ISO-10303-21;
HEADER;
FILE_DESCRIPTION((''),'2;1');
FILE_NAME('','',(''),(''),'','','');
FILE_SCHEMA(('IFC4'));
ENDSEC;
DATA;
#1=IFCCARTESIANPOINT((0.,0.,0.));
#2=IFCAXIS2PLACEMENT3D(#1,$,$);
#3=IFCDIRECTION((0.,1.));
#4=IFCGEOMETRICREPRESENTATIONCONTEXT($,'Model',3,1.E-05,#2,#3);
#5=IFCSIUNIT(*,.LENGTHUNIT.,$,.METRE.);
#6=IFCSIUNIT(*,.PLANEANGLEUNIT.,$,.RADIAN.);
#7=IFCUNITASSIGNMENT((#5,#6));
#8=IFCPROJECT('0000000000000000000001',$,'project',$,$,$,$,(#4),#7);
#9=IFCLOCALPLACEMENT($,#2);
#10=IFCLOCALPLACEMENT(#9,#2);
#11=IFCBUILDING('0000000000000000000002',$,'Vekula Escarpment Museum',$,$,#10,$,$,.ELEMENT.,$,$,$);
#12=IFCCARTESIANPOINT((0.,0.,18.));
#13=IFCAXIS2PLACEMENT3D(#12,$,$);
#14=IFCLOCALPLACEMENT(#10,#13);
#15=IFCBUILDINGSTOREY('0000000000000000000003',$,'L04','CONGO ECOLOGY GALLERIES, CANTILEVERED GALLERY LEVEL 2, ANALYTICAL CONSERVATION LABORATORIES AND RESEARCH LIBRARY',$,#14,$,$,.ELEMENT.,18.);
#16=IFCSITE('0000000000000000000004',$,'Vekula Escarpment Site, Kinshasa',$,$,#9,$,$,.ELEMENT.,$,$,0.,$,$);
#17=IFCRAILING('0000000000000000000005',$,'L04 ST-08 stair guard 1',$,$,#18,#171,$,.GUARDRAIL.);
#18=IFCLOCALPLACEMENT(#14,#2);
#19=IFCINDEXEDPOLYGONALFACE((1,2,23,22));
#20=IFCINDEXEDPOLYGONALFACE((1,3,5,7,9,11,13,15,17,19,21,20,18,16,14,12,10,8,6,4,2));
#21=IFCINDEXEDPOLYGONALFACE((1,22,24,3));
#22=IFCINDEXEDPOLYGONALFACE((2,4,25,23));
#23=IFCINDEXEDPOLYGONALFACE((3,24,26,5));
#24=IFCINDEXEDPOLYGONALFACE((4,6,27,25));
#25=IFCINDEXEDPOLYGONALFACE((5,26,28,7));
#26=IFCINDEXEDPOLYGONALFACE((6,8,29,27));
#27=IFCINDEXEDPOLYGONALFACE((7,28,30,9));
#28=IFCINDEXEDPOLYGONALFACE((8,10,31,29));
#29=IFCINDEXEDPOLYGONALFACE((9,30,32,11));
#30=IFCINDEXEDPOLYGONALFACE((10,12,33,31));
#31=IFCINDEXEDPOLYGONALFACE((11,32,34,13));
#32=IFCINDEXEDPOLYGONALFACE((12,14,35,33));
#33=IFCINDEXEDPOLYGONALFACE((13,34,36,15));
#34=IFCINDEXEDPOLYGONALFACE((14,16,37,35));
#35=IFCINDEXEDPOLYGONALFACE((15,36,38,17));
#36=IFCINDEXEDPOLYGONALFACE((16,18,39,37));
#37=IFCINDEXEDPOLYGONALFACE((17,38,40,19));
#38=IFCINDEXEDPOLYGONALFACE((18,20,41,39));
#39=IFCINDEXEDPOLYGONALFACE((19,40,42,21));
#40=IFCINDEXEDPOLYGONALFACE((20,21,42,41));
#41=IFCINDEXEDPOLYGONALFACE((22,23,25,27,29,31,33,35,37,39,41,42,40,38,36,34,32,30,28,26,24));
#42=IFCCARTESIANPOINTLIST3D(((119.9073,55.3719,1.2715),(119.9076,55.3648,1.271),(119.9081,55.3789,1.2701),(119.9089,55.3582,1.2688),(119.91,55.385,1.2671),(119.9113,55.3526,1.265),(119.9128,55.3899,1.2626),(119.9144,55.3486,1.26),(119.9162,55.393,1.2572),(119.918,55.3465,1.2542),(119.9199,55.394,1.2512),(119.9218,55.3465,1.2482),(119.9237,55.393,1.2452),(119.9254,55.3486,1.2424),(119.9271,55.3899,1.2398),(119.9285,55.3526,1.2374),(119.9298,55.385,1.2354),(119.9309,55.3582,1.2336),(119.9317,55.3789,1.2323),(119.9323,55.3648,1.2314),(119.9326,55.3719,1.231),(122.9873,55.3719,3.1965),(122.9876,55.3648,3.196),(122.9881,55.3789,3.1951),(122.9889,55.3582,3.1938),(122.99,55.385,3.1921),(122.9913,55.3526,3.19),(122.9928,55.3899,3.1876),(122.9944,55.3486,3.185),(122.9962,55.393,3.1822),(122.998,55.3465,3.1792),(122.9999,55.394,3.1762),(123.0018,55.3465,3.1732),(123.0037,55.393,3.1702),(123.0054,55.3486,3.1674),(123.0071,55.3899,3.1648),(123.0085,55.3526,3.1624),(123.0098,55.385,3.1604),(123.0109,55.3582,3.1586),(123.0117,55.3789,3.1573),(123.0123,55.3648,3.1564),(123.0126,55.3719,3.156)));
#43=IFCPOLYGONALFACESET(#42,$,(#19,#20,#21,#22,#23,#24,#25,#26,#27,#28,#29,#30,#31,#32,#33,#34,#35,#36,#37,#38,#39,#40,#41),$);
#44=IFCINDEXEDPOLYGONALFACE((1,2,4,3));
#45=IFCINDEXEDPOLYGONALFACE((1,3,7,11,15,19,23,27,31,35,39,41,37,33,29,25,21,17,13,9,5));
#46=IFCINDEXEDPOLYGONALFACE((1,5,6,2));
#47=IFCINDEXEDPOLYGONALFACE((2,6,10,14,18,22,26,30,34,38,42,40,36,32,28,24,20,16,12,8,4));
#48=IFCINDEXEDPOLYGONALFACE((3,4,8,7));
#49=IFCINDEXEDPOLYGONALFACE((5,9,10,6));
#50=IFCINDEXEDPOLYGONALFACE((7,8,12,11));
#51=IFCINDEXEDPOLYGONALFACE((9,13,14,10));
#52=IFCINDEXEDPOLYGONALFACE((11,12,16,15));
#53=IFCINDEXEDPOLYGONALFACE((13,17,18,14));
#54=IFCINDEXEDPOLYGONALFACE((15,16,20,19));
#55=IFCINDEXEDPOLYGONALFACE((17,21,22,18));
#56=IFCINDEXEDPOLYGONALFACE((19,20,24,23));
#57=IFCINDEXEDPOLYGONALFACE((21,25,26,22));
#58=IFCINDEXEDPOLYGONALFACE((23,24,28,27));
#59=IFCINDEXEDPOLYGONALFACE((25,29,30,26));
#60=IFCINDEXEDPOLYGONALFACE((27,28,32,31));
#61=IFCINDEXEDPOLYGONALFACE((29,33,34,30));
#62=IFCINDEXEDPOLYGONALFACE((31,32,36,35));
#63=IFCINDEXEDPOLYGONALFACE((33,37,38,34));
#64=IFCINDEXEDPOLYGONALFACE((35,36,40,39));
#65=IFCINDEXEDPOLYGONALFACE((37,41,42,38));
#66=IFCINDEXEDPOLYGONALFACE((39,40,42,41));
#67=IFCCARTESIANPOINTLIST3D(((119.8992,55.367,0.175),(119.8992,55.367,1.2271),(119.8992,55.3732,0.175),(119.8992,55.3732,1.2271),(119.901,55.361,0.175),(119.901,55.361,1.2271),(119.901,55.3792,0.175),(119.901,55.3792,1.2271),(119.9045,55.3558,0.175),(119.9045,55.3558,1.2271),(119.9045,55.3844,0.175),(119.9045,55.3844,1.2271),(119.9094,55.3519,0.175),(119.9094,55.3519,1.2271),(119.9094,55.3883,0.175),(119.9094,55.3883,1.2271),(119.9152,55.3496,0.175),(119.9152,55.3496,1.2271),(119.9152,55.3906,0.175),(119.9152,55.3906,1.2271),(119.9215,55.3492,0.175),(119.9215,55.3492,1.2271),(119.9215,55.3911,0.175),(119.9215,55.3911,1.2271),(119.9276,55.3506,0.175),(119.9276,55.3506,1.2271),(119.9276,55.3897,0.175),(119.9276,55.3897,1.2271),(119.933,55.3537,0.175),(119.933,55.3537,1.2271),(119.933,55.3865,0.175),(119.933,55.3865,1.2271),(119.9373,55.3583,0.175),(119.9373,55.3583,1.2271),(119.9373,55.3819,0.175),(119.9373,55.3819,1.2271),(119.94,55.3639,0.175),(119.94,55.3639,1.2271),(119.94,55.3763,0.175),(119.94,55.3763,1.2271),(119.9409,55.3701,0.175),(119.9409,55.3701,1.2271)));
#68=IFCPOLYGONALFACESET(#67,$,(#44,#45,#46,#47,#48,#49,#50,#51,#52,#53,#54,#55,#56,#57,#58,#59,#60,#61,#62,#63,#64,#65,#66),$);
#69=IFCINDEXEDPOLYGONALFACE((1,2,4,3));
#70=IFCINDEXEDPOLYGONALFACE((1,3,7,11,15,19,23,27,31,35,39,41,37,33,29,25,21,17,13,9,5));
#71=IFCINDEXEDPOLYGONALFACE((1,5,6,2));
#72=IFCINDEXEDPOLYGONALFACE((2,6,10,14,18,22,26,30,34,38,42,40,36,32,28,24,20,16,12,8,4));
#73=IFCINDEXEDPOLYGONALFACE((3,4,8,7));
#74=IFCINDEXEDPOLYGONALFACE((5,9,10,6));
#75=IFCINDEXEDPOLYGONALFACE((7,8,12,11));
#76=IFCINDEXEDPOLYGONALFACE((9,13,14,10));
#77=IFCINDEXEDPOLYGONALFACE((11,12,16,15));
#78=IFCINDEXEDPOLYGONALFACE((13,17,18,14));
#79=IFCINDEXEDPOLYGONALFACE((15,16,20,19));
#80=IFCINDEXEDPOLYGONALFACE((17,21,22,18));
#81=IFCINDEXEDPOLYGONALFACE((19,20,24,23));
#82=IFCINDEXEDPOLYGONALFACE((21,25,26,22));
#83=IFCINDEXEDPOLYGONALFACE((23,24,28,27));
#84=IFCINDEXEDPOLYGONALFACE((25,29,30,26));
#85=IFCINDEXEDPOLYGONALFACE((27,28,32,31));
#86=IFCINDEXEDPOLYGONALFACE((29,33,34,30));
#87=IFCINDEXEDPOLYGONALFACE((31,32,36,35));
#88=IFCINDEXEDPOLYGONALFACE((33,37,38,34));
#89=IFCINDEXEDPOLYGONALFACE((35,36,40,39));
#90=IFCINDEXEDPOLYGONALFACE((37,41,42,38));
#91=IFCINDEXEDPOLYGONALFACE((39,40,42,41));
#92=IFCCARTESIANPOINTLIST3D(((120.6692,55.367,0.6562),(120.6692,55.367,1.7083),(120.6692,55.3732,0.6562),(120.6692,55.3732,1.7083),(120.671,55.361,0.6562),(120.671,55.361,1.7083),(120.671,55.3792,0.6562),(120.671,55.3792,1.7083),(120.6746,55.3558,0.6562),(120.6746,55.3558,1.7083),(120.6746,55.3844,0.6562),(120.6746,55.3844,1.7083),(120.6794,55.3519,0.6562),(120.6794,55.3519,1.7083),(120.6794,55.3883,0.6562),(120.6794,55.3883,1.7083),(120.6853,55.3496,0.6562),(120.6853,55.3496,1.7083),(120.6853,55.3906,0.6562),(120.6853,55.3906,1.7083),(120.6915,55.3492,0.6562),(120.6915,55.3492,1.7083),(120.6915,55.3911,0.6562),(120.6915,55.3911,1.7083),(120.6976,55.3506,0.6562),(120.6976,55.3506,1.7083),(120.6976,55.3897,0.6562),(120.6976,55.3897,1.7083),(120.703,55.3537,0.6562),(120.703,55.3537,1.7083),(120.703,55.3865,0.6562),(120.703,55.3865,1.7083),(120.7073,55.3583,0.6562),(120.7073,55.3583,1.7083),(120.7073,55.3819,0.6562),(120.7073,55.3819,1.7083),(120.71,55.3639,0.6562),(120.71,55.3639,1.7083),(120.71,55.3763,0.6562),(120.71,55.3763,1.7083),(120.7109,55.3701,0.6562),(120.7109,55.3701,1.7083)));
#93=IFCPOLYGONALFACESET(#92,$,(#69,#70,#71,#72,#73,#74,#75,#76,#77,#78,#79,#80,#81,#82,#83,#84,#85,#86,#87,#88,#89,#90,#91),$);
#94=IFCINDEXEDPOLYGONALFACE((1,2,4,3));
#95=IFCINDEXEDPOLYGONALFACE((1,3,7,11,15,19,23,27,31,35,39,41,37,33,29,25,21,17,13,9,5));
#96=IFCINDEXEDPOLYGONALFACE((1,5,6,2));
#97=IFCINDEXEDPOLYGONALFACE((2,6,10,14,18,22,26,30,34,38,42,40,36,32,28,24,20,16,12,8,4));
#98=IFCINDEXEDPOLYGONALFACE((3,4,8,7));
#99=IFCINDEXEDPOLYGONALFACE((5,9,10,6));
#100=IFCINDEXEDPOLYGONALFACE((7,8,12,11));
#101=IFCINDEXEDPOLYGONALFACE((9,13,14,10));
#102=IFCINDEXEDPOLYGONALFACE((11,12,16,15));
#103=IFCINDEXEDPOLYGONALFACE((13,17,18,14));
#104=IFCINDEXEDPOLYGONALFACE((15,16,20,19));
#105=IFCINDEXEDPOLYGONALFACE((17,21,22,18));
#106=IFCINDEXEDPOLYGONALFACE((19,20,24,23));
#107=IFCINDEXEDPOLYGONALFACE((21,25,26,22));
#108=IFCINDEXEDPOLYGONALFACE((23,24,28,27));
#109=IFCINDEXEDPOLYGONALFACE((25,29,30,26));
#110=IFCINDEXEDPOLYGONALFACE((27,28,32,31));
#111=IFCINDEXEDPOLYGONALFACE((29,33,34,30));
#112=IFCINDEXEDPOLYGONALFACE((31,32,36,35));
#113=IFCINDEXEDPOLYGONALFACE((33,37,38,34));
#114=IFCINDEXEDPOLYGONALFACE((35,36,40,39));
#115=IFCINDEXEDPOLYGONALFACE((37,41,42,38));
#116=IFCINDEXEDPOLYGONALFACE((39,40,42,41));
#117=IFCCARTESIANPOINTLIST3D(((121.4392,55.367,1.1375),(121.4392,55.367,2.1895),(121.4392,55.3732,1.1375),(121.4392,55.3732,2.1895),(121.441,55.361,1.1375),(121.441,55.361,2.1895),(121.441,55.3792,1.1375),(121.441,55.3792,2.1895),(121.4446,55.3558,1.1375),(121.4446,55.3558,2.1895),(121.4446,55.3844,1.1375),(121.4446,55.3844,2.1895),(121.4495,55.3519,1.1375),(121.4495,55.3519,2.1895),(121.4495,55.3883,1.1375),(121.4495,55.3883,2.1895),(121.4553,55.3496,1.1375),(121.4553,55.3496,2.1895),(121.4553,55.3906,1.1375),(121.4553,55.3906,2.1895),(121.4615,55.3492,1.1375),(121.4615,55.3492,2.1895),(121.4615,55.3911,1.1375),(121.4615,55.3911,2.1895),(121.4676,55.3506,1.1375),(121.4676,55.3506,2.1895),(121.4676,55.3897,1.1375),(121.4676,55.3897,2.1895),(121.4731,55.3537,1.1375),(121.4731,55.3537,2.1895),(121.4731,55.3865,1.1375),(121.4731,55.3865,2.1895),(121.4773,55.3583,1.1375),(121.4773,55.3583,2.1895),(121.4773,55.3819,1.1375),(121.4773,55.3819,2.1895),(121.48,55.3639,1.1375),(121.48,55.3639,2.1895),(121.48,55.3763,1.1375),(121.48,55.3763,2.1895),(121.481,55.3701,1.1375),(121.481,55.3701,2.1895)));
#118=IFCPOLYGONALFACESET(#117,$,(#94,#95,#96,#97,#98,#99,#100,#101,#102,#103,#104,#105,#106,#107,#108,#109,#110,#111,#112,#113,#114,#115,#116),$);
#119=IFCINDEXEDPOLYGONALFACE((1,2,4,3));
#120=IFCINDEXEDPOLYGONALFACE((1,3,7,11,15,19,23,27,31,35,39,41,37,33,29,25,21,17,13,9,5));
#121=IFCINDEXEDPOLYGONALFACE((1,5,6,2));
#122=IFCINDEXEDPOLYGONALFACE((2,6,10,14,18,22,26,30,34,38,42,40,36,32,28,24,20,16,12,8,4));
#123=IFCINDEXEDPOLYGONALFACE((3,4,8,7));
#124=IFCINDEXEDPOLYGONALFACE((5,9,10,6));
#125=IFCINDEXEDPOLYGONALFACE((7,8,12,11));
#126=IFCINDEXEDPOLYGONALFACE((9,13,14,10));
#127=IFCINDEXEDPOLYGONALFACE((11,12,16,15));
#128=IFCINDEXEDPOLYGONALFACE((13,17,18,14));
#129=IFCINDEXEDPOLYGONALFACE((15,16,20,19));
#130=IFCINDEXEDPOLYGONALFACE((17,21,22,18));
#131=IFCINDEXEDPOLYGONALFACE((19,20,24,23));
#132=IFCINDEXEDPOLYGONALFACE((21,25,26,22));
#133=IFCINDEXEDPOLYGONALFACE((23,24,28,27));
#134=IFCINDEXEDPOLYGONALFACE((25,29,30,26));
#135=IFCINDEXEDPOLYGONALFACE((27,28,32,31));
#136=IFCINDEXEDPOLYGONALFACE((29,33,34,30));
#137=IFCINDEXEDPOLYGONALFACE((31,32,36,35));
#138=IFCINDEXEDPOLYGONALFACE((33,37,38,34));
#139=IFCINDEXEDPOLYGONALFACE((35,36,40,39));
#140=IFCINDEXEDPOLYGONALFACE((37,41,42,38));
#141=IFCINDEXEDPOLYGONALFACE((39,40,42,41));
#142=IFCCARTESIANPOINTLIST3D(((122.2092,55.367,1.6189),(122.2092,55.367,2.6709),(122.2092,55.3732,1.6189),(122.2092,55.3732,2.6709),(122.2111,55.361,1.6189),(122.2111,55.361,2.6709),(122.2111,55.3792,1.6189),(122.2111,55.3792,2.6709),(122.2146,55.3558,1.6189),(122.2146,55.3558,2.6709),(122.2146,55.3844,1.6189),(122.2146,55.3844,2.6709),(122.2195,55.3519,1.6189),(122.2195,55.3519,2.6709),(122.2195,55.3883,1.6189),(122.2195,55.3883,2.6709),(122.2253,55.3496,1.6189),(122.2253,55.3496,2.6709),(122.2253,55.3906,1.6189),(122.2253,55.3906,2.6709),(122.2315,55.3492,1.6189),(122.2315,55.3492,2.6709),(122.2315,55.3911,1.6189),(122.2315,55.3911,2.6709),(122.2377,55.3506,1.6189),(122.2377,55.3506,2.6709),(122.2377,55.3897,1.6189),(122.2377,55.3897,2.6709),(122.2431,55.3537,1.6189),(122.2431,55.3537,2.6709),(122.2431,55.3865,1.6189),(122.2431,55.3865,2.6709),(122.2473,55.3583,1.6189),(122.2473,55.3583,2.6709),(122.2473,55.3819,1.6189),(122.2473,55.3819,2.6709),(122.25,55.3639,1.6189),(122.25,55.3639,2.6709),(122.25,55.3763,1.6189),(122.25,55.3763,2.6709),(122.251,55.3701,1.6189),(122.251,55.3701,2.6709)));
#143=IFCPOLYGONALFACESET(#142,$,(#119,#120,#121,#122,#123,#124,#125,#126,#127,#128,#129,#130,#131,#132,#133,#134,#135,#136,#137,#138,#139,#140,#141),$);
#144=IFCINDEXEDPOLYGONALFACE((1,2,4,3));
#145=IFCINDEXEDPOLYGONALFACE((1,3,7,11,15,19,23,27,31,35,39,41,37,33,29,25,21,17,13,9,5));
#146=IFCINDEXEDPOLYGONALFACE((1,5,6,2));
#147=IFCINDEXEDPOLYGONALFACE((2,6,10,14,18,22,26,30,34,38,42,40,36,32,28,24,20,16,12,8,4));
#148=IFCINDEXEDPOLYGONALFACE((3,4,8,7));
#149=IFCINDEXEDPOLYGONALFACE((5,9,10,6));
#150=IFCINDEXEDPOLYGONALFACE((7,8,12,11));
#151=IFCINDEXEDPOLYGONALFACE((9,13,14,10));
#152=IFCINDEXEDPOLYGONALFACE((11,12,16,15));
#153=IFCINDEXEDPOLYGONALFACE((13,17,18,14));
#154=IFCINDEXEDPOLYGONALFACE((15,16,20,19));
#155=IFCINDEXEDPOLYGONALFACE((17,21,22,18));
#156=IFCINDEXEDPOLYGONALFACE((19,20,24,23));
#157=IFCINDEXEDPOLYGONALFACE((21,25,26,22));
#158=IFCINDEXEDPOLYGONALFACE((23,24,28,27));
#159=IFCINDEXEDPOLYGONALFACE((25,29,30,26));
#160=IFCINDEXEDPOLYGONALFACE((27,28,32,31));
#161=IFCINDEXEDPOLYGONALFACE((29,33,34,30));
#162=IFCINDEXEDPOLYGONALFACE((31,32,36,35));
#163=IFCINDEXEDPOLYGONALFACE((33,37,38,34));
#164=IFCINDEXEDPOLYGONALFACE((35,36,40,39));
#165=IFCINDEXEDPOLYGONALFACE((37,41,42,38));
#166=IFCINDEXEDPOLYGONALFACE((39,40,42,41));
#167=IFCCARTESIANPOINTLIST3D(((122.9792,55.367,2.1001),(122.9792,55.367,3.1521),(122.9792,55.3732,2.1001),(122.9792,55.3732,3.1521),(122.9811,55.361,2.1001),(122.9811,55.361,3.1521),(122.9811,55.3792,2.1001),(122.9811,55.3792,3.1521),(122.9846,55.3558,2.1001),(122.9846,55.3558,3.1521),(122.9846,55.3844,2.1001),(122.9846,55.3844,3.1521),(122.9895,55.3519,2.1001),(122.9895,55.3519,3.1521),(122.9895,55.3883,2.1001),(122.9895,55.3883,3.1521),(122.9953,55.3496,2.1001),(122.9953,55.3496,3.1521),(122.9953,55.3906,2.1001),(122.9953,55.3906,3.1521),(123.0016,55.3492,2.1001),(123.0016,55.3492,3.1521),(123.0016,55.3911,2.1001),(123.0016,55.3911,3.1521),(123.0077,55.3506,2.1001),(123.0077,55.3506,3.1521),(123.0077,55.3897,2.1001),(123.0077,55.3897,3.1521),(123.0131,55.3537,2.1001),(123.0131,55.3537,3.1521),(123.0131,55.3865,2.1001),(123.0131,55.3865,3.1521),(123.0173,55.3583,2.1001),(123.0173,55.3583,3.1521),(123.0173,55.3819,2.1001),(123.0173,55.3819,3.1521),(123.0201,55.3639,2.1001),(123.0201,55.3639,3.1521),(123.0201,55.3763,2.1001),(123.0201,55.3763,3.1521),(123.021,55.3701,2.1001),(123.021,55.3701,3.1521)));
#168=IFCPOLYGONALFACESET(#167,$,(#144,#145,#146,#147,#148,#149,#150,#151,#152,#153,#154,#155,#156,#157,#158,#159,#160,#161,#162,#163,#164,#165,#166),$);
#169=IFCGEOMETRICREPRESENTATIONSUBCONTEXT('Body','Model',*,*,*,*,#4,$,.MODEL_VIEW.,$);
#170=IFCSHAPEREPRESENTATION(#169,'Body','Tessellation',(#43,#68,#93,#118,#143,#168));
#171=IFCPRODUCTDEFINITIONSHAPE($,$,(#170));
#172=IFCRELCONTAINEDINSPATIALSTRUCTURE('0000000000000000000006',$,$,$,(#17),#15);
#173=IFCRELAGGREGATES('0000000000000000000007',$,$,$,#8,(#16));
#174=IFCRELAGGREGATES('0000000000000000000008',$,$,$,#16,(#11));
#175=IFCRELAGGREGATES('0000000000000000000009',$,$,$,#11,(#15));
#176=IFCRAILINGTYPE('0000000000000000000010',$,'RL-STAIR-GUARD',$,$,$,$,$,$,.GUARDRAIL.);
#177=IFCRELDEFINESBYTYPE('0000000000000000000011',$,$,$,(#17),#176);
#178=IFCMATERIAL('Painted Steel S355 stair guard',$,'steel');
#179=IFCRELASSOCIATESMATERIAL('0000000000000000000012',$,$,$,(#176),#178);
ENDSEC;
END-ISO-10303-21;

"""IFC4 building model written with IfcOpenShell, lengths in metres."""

from ifc_helpers import new_model, si_unit, direction, frame, origin, origin_2d, place, context, subcontext, project, spatial, circle, extrude, material, type_object, element, save


model = new_model("IFC4")

# Units and contexts
model_context = context("Model", 3, precision=1e-05, world=origin(), true_north=direction((0.0, 1.0)))
body_context = subcontext(model_context, "Body", "Model", "MODEL_VIEW")
ifc_project = project(units=[si_unit("LENGTHUNIT", "METRE"), si_unit("PLANEANGLEUNIT", "RADIAN")], contexts=[model_context])

# Site, building, storey
site_placement = place(None, origin())
site = spatial("IfcSite", under=ifc_project, at=site_placement, Name="Vekula Escarpment Site, Kinshasa", CompositionType="ELEMENT", RefElevation=0.0)
building_placement = place(site_placement, origin())
building = spatial("IfcBuilding", under=site, at=building_placement, Name="Vekula Escarpment Museum", CompositionType="ELEMENT")
storey_placement = place(building_placement, frame((0.0, 0.0, 18.0)))
storey = spatial("IfcBuildingStorey", under=building, at=storey_placement, Name="L04", Description="CONGO ECOLOGY GALLERIES, CANTILEVERED GALLERY LEVEL 2, ANALYTICAL CONSERVATION LABORATORIES AND RESEARCH LIBRARY", CompositionType="ELEMENT", Elevation=18.0)

# Railing
ifc_material_1 = material(Name="Painted Steel S355 stair guard", Category="steel")
railing_type_1 = type_object("IfcRailingType", Name="RL-STAIR-GUARD", PredefinedType="GUARDRAIL", material=ifc_material_1)
railing_1_placement = place(storey_placement, frame((119.9199, 55.3701, 0.175)))
element("IfcRailing", 1, at=railing_1_placement, inside=storey, type_object=railing_type_1, Name="L04 ST-08 stair guard 1", PredefinedType="GUARDRAIL", context=body_context, shape_type="SweptSolid", body=[
    extrude(circle(Radius=0.0239, at=origin_2d()), frame((0.0, 0.0, 1.0762), z_axis=(0.847998, 0.0, 0.529999), x_axis=(0.0, 1.0, 0.0)), (0.0, 0.0, 1.0), 3.6321),
    extrude(circle(Radius=0.021, at=origin_2d()), origin(), (0.0, 0.0, 1.0), 1.052),
    extrude(circle(Radius=0.021, at=origin_2d()), frame((0.77, 0.0, 0.4812)), (0.0, 0.0, 1.0), 1.052),
    extrude(circle(Radius=0.021, at=origin_2d()), frame((1.54, 0.0, 0.9624)), (0.0, 0.0, 1.0), 1.052),
    extrude(circle(Radius=0.021, at=origin_2d()), frame((2.3101, 0.0, 1.4438)), (0.0, 0.0, 1.0), 1.052),
    extrude(circle(Radius=0.021, at=origin_2d()), frame((3.0801, 0.0, 1.925)), (0.0, 0.0, 1.0), 1.052),
])

save(model, "model.ifc")
